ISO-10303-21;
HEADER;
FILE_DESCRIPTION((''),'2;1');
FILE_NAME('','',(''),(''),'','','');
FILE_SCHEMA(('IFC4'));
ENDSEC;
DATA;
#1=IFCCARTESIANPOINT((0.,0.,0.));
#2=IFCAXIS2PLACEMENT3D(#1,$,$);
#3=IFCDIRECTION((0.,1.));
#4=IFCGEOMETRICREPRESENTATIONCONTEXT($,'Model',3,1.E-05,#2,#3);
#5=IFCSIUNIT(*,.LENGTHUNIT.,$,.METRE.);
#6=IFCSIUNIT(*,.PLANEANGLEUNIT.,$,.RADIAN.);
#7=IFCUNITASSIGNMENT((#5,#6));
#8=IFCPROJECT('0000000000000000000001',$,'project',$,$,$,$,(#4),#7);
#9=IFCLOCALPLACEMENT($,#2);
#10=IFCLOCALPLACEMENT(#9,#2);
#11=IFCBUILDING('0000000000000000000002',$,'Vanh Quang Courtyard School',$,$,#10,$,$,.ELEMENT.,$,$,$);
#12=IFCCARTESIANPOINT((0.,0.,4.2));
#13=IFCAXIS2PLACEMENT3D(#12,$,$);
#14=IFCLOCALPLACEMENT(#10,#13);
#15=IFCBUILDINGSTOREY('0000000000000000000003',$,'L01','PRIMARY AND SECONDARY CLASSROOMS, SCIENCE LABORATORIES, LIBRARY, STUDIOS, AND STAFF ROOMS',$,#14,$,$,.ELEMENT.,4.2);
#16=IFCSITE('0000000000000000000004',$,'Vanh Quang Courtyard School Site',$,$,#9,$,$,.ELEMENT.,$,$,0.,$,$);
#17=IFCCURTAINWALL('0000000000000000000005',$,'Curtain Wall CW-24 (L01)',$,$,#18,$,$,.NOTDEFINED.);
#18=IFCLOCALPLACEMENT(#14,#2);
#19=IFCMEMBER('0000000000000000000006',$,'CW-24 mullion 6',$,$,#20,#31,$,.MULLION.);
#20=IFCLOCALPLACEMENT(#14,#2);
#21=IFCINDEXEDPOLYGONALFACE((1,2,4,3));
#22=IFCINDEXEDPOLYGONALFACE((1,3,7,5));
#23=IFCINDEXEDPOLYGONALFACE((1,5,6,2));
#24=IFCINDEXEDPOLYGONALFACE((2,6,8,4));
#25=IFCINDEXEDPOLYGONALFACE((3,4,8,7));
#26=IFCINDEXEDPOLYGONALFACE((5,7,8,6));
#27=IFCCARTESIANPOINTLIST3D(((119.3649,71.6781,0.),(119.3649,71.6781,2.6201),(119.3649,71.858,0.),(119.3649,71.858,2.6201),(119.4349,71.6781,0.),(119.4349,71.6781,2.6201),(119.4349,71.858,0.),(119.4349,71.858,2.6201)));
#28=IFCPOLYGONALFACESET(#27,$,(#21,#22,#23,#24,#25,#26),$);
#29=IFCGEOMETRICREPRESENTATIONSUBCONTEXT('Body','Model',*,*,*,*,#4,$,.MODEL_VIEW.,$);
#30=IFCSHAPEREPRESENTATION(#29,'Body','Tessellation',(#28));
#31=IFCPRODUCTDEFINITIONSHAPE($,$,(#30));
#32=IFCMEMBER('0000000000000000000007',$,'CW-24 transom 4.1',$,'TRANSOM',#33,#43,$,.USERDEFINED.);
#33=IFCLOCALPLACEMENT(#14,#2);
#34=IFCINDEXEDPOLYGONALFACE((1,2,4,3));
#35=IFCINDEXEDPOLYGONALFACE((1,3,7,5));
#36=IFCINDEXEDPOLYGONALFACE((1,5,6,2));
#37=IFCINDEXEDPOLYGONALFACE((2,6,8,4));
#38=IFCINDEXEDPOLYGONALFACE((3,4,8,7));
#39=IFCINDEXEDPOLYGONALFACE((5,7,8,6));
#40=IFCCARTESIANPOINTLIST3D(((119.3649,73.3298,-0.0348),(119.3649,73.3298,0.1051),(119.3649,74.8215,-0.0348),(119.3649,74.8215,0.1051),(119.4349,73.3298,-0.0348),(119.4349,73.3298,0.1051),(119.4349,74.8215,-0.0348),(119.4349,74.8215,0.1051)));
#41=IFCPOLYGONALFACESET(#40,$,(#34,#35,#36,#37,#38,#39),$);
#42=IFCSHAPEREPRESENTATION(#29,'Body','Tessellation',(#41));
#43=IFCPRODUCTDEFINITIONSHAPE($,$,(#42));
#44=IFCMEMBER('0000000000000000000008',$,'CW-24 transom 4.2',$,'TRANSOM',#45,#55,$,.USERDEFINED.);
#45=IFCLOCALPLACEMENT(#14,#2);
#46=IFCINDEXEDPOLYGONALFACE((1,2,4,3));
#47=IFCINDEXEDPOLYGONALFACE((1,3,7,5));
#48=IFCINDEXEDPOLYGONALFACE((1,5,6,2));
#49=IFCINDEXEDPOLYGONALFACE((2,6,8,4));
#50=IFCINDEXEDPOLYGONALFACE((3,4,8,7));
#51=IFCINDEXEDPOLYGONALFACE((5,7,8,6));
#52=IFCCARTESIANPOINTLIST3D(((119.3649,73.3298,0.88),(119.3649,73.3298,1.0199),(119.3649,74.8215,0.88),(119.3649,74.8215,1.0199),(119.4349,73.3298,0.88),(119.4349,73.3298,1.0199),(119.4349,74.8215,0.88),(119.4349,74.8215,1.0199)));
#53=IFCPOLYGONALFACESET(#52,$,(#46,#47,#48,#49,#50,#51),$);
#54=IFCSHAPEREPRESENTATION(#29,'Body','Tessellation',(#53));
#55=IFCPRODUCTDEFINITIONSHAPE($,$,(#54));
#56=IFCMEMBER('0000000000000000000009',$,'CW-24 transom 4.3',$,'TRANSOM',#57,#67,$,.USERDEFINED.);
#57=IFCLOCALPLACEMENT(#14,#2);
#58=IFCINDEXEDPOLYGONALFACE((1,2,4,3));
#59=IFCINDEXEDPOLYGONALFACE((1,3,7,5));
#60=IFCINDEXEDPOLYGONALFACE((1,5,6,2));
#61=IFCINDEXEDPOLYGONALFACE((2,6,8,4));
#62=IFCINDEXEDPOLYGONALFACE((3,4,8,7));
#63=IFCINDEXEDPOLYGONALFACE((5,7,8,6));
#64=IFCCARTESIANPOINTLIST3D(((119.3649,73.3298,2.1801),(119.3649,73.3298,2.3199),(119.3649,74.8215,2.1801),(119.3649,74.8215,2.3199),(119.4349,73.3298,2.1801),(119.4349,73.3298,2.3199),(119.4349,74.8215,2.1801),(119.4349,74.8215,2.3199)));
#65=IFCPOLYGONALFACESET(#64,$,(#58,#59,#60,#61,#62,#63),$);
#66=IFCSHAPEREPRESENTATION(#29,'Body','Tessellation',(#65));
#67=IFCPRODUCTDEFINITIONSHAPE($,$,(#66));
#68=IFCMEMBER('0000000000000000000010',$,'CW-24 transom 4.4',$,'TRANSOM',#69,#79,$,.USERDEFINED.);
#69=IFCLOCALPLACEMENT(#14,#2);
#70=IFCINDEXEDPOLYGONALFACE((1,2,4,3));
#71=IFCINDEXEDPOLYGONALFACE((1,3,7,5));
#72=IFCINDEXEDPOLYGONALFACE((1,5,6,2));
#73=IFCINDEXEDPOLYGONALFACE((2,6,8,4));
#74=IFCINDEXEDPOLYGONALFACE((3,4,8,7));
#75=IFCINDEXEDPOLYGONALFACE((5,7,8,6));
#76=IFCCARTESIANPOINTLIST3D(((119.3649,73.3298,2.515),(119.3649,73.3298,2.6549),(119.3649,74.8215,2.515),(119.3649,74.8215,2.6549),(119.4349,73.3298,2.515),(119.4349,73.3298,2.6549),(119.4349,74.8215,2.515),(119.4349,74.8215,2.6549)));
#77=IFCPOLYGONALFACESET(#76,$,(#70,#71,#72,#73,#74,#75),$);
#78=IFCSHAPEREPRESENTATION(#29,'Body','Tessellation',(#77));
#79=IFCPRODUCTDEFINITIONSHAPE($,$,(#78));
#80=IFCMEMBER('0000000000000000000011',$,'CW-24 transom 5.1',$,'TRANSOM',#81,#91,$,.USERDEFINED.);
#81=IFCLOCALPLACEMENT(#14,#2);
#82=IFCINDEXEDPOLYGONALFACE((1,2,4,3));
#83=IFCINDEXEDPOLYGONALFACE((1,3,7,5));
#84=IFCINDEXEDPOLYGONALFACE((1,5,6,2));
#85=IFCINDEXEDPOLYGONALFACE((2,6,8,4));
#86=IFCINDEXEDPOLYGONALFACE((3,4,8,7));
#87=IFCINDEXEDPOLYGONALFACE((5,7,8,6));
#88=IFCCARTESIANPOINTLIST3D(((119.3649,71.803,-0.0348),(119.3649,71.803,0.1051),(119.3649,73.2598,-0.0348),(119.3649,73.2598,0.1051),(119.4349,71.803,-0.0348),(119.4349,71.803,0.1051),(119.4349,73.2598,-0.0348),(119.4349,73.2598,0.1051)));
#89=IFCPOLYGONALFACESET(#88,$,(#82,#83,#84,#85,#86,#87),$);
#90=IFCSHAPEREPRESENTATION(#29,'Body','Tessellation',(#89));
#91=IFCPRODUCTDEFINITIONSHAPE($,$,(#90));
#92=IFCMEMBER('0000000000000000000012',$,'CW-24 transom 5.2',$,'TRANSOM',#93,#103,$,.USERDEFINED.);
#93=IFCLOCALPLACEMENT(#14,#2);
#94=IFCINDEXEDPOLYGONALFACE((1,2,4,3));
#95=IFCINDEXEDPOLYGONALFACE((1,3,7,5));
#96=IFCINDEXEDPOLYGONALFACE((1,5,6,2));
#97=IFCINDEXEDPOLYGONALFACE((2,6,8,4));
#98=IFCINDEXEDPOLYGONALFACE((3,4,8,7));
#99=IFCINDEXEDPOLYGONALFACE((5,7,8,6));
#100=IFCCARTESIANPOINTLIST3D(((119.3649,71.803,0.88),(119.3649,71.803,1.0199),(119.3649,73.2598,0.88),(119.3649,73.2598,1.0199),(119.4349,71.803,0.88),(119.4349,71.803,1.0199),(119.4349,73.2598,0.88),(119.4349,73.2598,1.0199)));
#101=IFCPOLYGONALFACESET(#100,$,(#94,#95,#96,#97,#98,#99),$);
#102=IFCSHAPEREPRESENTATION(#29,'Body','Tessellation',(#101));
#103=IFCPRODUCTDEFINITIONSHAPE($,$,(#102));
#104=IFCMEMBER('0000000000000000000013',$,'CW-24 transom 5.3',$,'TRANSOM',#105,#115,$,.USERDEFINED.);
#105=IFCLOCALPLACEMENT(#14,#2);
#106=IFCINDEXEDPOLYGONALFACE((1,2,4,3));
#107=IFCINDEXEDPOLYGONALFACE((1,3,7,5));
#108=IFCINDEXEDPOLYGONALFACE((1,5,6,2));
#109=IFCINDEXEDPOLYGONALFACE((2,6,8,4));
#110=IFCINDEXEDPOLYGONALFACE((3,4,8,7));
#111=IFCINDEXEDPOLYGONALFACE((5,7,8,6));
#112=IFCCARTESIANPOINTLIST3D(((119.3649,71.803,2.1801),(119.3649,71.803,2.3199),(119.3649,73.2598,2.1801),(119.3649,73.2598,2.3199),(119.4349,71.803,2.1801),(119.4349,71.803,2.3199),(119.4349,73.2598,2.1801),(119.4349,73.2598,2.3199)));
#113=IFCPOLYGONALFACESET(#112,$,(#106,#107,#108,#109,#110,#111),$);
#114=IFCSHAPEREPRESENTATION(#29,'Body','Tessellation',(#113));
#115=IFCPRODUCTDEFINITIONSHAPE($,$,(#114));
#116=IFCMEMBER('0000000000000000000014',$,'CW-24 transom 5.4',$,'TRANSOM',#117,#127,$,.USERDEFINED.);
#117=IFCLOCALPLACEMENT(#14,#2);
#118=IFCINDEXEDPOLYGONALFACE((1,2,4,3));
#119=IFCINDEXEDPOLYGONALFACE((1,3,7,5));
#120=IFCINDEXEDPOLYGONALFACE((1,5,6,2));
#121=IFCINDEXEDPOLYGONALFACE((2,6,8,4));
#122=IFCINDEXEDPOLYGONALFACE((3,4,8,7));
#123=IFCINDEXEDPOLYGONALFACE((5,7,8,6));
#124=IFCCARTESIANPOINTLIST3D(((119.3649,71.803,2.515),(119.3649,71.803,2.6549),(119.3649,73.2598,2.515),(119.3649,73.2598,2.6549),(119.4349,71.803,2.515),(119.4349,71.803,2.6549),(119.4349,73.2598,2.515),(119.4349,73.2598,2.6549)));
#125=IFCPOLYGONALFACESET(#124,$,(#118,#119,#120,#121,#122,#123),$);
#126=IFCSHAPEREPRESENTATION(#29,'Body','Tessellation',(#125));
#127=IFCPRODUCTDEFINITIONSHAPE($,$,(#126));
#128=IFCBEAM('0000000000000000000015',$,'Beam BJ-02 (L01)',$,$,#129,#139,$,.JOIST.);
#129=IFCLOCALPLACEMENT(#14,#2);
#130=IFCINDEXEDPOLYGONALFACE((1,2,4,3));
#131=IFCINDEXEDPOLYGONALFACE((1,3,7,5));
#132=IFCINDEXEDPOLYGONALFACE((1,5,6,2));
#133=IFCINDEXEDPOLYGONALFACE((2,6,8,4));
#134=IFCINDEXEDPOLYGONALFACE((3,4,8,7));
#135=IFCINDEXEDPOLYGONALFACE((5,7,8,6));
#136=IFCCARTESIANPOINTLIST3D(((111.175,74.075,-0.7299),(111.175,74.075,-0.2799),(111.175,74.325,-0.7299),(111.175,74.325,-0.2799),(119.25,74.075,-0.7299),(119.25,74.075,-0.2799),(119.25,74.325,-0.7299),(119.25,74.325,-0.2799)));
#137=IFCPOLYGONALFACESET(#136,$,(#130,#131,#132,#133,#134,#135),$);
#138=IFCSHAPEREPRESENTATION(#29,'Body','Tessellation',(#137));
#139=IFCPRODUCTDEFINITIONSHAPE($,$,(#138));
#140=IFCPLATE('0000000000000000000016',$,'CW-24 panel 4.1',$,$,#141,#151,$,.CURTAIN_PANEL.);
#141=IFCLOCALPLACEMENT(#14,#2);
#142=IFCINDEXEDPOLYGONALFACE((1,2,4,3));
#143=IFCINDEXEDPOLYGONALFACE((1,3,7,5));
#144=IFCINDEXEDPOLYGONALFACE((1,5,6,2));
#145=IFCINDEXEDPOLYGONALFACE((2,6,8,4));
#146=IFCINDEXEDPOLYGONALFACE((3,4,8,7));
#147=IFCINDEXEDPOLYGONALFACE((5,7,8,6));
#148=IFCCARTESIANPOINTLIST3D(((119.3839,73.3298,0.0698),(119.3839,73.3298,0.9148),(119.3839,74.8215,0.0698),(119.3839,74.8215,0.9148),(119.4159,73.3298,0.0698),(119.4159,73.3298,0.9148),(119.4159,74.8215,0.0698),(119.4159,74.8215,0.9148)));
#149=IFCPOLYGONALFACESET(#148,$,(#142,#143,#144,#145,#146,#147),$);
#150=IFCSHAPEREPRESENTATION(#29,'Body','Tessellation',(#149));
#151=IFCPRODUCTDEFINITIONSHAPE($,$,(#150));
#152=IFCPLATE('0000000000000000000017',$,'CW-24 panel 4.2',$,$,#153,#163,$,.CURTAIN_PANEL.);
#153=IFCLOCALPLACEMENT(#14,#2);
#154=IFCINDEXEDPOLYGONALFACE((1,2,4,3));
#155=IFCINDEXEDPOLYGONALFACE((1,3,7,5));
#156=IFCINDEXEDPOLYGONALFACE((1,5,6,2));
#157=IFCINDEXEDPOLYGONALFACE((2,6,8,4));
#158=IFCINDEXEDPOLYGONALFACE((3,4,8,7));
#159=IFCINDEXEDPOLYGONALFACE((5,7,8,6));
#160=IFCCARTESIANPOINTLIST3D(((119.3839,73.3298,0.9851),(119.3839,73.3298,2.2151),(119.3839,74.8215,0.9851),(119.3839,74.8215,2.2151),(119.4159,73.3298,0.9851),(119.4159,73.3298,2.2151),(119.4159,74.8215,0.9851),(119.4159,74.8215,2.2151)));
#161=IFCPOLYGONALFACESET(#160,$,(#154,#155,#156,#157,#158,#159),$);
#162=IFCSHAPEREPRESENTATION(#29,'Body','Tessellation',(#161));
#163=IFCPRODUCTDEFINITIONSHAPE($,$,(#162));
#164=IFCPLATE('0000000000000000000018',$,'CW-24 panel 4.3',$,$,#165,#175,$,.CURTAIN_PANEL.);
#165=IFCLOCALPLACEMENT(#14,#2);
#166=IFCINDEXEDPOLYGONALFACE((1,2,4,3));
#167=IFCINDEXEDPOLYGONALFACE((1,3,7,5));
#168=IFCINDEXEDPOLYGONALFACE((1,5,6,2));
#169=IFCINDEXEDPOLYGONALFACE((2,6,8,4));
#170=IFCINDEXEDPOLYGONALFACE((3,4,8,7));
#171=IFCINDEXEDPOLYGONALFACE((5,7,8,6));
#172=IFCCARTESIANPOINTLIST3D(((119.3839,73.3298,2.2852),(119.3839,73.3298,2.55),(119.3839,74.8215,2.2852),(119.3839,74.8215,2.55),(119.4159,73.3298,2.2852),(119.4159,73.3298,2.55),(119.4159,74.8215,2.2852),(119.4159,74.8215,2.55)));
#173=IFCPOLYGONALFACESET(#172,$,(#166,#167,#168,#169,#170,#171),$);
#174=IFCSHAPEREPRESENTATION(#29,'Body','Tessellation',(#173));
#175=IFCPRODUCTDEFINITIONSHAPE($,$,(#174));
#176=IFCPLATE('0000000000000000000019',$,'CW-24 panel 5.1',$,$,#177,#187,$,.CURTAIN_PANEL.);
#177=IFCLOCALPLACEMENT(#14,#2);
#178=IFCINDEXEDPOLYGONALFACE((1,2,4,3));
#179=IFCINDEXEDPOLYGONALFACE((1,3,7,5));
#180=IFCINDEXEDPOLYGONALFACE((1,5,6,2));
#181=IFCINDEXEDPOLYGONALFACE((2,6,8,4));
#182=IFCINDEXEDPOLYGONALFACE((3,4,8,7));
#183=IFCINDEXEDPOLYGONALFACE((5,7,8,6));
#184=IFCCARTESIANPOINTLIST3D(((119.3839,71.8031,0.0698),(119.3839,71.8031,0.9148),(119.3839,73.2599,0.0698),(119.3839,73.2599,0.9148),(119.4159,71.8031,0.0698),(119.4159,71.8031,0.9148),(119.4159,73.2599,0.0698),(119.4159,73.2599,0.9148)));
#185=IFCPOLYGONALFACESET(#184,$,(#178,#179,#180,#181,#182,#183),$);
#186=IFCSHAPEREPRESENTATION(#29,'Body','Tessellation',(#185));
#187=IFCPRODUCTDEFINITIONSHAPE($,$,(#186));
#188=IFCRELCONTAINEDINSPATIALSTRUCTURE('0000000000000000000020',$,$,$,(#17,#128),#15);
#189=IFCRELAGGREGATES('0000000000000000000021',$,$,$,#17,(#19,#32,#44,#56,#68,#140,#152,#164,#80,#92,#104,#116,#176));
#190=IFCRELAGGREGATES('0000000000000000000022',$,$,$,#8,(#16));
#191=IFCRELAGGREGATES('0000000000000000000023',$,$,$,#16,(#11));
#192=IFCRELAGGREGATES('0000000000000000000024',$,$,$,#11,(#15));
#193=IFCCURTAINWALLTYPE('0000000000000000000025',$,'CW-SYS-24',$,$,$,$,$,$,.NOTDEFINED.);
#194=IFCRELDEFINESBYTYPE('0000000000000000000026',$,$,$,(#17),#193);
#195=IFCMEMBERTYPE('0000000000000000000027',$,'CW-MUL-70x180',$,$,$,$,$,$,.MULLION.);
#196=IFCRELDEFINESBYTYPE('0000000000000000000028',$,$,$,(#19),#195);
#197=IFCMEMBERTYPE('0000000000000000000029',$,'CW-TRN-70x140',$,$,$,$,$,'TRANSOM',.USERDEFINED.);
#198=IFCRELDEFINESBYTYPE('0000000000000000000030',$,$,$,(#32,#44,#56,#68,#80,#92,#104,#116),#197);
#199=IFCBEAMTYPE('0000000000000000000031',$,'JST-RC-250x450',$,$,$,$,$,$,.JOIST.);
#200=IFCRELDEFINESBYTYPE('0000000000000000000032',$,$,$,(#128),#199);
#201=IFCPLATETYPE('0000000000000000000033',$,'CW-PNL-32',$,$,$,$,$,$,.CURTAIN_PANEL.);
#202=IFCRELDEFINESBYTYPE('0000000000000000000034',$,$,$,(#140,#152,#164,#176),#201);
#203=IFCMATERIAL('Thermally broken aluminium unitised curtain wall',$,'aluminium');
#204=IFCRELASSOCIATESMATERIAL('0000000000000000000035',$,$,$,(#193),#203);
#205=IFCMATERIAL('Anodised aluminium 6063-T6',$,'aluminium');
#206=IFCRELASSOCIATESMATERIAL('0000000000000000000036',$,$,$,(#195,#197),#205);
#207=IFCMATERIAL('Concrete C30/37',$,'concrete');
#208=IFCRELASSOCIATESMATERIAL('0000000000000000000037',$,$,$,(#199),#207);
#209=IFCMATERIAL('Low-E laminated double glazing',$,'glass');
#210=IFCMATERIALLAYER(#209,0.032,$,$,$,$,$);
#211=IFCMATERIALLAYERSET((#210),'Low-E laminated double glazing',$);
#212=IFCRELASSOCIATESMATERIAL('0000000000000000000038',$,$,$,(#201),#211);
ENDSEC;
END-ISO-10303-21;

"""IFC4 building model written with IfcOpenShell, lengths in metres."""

from ifc_helpers import new_model, si_unit, direction, frame, origin, origin_2d, place, context, subcontext, project, spatial, rectangle, extrude, material, layer, layer_set, material_profile, profile_set, type_object, element, aggregate, save


model = new_model("IFC4")

# Units and contexts
model_context = context("Model", 3, precision=1e-05, world=origin(), true_north=direction((0.0, 1.0)))
body_context = subcontext(model_context, "Body", "Model", "MODEL_VIEW")
ifc_project = project(units=[si_unit("LENGTHUNIT", "METRE"), si_unit("PLANEANGLEUNIT", "RADIAN")], contexts=[model_context])

# Site, building, storey
site_placement = place(None, origin())
site = spatial("IfcSite", under=ifc_project, at=site_placement, Name="Vanh Quang Courtyard School Site", CompositionType="ELEMENT", RefElevation=0.0)
building_placement = place(site_placement, origin())
building = spatial("IfcBuilding", under=site, at=building_placement, Name="Vanh Quang Courtyard School", CompositionType="ELEMENT")
storey_placement = place(building_placement, frame((0.0, 0.0, 4.2)))
storey = spatial("IfcBuildingStorey", under=building, at=storey_placement, Name="L01", Description="PRIMARY AND SECONDARY CLASSROOMS, SCIENCE LABORATORIES, LIBRARY, STUDIOS, AND STAFF ROOMS", CompositionType="ELEMENT", Elevation=4.2)

# Curtain wall, members
ifc_material_1 = material(Name="Thermally broken aluminium unitised curtain wall", Category="aluminium")
curtain_wall_type = type_object("IfcCurtainWallType", Name="CW-SYS-24", PredefinedType="NOTDEFINED", material=ifc_material_1)
curtain_wall_placement = place(storey_placement, origin())
curtain_wall = element("IfcCurtainWall", 1, at=curtain_wall_placement, inside=storey, type_object=curtain_wall_type, Name="Curtain Wall CW-24 (L01)", PredefinedType="NOTDEFINED")
ifc_material_2 = material(Name="Anodised aluminium 6063-T6", Category="aluminium")
ifc_material_profile_1 = material_profile(ifc_material_2, rectangle(XDim=0.0701, YDim=0.1799, at=origin_2d()), Name="ALU-MUL 70x180")
ifc_profile_set_1 = profile_set([ifc_material_profile_1], Name="Anodised aluminium 6063-T6")
member_type_1 = type_object("IfcMemberType", Name="CW-MUL-70x180", PredefinedType="MULLION", material=ifc_profile_set_1)
member_1_placement = place(storey_placement, frame((119.3999, 71.7681, 0.0), z_axis=(0.0, 0.0, 1.0), x_axis=(1.0, 0.0, 0.0)))
member_1 = element("IfcMember", 2, at=member_1_placement, type_object=member_type_1, Name="CW-24 mullion 6", PredefinedType="MULLION", context=body_context, shape_type="SweptSolid", body=[
    extrude(rectangle(XDim=0.0701, YDim=0.1799, at=origin_2d()), origin(), (0.0, 0.0, 1.0), 2.6201),
])
ifc_material_profile_2 = material_profile(ifc_material_2, rectangle(XDim=0.0701, YDim=0.1399, at=origin_2d()), Name="ALU-TRN 70x140")
ifc_profile_set_2 = profile_set([ifc_material_profile_2], Name="Anodised aluminium 6063-T6")
member_type_2 = type_object("IfcMemberType", Name="CW-TRN-70x140", ElementType="TRANSOM", PredefinedType="USERDEFINED", material=ifc_profile_set_2)
member_2_placement = place(storey_placement, frame((119.3999, 74.8215, 0.0352), z_axis=(0.0, -1.0, 0.0), x_axis=(1.0, 0.0, 0.0)))
member_2 = element("IfcMember", 3, at=member_2_placement, type_object=member_type_2, Name="CW-24 transom 4.1", ObjectType="TRANSOM", PredefinedType="USERDEFINED", context=body_context, shape_type="SweptSolid", body=[
    extrude(rectangle(XDim=0.0701, YDim=0.1399, at=origin_2d()), origin(), (0.0, 0.0, 1.0), 1.4917),
])
member_3_placement = place(storey_placement, frame((119.3999, 74.8215, 0.95), z_axis=(0.0, -1.0, 0.0), x_axis=(1.0, 0.0, 0.0)))
member_3 = element("IfcMember", 4, at=member_3_placement, type_object=member_type_2, Name="CW-24 transom 4.2", ObjectType="TRANSOM", PredefinedType="USERDEFINED", context=body_context, shape_type="SweptSolid", body=[
    extrude(rectangle(XDim=0.0701, YDim=0.1399, at=origin_2d()), origin(), (0.0, 0.0, 1.0), 1.4917),
])
member_4_placement = place(storey_placement, frame((119.3999, 74.8215, 2.25), z_axis=(0.0, -1.0, 0.0), x_axis=(1.0, 0.0, 0.0)))
member_4 = element("IfcMember", 5, at=member_4_placement, type_object=member_type_2, Name="CW-24 transom 4.3", ObjectType="TRANSOM", PredefinedType="USERDEFINED", context=body_context, shape_type="SweptSolid", body=[
    extrude(rectangle(XDim=0.0701, YDim=0.1399, at=origin_2d()), origin(), (0.0, 0.0, 1.0), 1.4917),
])
member_5_placement = place(storey_placement, frame((119.3999, 74.8215, 2.585), z_axis=(0.0, -1.0, 0.0), x_axis=(1.0, 0.0, 0.0)))
member_5 = element("IfcMember", 6, at=member_5_placement, type_object=member_type_2, Name="CW-24 transom 4.4", ObjectType="TRANSOM", PredefinedType="USERDEFINED", context=body_context, shape_type="SweptSolid", body=[
    extrude(rectangle(XDim=0.0701, YDim=0.1399, at=origin_2d()), origin(), (0.0, 0.0, 1.0), 1.4917),
])
member_6_placement = place(storey_placement, frame((119.3999, 73.2598, 0.0352), z_axis=(0.0, -1.0, 0.0), x_axis=(1.0, 0.0, 0.0)))
member_6 = element("IfcMember", 7, at=member_6_placement, type_object=member_type_2, Name="CW-24 transom 5.1", ObjectType="TRANSOM", PredefinedType="USERDEFINED", context=body_context, shape_type="SweptSolid", body=[
    extrude(rectangle(XDim=0.0701, YDim=0.1399, at=origin_2d()), origin(), (0.0, 0.0, 1.0), 1.4568),
])
member_7_placement = place(storey_placement, frame((119.3999, 73.2598, 0.95), z_axis=(0.0, -1.0, 0.0), x_axis=(1.0, 0.0, 0.0)))
member_7 = element("IfcMember", 8, at=member_7_placement, type_object=member_type_2, Name="CW-24 transom 5.2", ObjectType="TRANSOM", PredefinedType="USERDEFINED", context=body_context, shape_type="SweptSolid", body=[
    extrude(rectangle(XDim=0.0701, YDim=0.1399, at=origin_2d()), origin(), (0.0, 0.0, 1.0), 1.4568),
])
member_8_placement = place(storey_placement, frame((119.3999, 73.2598, 2.25), z_axis=(0.0, -1.0, 0.0), x_axis=(1.0, 0.0, 0.0)))
member_8 = element("IfcMember", 9, at=member_8_placement, type_object=member_type_2, Name="CW-24 transom 5.3", ObjectType="TRANSOM", PredefinedType="USERDEFINED", context=body_context, shape_type="SweptSolid", body=[
    extrude(rectangle(XDim=0.0701, YDim=0.1399, at=origin_2d()), origin(), (0.0, 0.0, 1.0), 1.4568),
])
member_9_placement = place(storey_placement, frame((119.3999, 73.2598, 2.585), z_axis=(0.0, -1.0, 0.0), x_axis=(1.0, 0.0, 0.0)))
member_9 = element("IfcMember", 10, at=member_9_placement, type_object=member_type_2, Name="CW-24 transom 5.4", ObjectType="TRANSOM", PredefinedType="USERDEFINED", context=body_context, shape_type="SweptSolid", body=[
    extrude(rectangle(XDim=0.0701, YDim=0.1399, at=origin_2d()), origin(), (0.0, 0.0, 1.0), 1.4568),
])

# Beam
ifc_material_3 = material(Name="Concrete C30/37", Category="concrete")
ifc_material_profile_3 = material_profile(ifc_material_3, rectangle(XDim=0.25, YDim=0.45, at=origin_2d()), Name="RC-JST 250x450")
ifc_profile_set_3 = profile_set([ifc_material_profile_3], Name="Concrete C30/37")
beam_type_1 = type_object("IfcBeamType", Name="JST-RC-250x450", PredefinedType="JOIST", material=ifc_profile_set_3)
beam_1_placement = place(storey_placement, frame((111.175, 74.2, -0.5049), z_axis=(1.0, 0.0, 0.0), x_axis=(0.0, 1.0, 0.0)))
element("IfcBeam", 11, at=beam_1_placement, inside=storey, type_object=beam_type_1, Name="Beam BJ-02 (L01)", PredefinedType="JOIST", context=body_context, shape_type="SweptSolid", body=[
    extrude(rectangle(XDim=0.25, YDim=0.45, at=origin_2d()), origin(), (0.0, 0.0, 1.0), 8.075),
])

# Plates
ifc_material_4 = material(Name="Low-E laminated double glazing", Category="glass")
ifc_layer_1 = layer(ifc_material_4, 0.032)
ifc_layer_set_1 = layer_set([ifc_layer_1], Name="Low-E laminated double glazing")
plate_type = type_object("IfcPlateType", Name="CW-PNL-32", PredefinedType="CURTAIN_PANEL", material=ifc_layer_set_1)
plate_1_placement = place(storey_placement, frame((119.3999, 74.0757, 0.0698), z_axis=(0.0, 0.0, 1.0), x_axis=(0.0, -1.0, 0.0)))
plate_1 = element("IfcPlate", 12, at=plate_1_placement, type_object=plate_type, Name="CW-24 panel 4.1", PredefinedType="CURTAIN_PANEL", context=body_context, shape_type="SweptSolid", body=[
    extrude(rectangle(XDim=1.4917, YDim=0.032, at=origin_2d()), origin(), (0.0, 0.0, 1.0), 0.845),
])
plate_2_placement = place(storey_placement, frame((119.3999, 74.0757, 0.9851), z_axis=(0.0, 0.0, 1.0), x_axis=(0.0, -1.0, 0.0)))
plate_2 = element("IfcPlate", 13, at=plate_2_placement, type_object=plate_type, Name="CW-24 panel 4.2", PredefinedType="CURTAIN_PANEL", context=body_context, shape_type="SweptSolid", body=[
    extrude(rectangle(XDim=1.4917, YDim=0.032, at=origin_2d()), origin(), (0.0, 0.0, 1.0), 1.23),
])
plate_3_placement = place(storey_placement, frame((119.3999, 74.0757, 2.2852), z_axis=(0.0, 0.0, 1.0), x_axis=(0.0, -1.0, 0.0)))
plate_3 = element("IfcPlate", 14, at=plate_3_placement, type_object=plate_type, Name="CW-24 panel 4.3", PredefinedType="CURTAIN_PANEL", context=body_context, shape_type="SweptSolid", body=[
    extrude(rectangle(XDim=1.4917, YDim=0.032, at=origin_2d()), origin(), (0.0, 0.0, 1.0), 0.2649),
])
plate_4_placement = place(storey_placement, frame((119.3999, 72.5315, 0.0698), z_axis=(0.0, 0.0, 1.0), x_axis=(0.0, -1.0, 0.0)))
plate_4 = element("IfcPlate", 15, at=plate_4_placement, type_object=plate_type, Name="CW-24 panel 5.1", PredefinedType="CURTAIN_PANEL", context=body_context, shape_type="SweptSolid", body=[
    extrude(rectangle(XDim=1.4568, YDim=0.032, at=origin_2d()), origin(), (0.0, 0.0, 1.0), 0.845),
])
aggregate(curtain_wall, [member_1, member_2, member_3, member_4, member_5, plate_1, plate_2, plate_3, member_6, member_7, member_8, member_9, plate_4])

save(model, "model.ifc")
